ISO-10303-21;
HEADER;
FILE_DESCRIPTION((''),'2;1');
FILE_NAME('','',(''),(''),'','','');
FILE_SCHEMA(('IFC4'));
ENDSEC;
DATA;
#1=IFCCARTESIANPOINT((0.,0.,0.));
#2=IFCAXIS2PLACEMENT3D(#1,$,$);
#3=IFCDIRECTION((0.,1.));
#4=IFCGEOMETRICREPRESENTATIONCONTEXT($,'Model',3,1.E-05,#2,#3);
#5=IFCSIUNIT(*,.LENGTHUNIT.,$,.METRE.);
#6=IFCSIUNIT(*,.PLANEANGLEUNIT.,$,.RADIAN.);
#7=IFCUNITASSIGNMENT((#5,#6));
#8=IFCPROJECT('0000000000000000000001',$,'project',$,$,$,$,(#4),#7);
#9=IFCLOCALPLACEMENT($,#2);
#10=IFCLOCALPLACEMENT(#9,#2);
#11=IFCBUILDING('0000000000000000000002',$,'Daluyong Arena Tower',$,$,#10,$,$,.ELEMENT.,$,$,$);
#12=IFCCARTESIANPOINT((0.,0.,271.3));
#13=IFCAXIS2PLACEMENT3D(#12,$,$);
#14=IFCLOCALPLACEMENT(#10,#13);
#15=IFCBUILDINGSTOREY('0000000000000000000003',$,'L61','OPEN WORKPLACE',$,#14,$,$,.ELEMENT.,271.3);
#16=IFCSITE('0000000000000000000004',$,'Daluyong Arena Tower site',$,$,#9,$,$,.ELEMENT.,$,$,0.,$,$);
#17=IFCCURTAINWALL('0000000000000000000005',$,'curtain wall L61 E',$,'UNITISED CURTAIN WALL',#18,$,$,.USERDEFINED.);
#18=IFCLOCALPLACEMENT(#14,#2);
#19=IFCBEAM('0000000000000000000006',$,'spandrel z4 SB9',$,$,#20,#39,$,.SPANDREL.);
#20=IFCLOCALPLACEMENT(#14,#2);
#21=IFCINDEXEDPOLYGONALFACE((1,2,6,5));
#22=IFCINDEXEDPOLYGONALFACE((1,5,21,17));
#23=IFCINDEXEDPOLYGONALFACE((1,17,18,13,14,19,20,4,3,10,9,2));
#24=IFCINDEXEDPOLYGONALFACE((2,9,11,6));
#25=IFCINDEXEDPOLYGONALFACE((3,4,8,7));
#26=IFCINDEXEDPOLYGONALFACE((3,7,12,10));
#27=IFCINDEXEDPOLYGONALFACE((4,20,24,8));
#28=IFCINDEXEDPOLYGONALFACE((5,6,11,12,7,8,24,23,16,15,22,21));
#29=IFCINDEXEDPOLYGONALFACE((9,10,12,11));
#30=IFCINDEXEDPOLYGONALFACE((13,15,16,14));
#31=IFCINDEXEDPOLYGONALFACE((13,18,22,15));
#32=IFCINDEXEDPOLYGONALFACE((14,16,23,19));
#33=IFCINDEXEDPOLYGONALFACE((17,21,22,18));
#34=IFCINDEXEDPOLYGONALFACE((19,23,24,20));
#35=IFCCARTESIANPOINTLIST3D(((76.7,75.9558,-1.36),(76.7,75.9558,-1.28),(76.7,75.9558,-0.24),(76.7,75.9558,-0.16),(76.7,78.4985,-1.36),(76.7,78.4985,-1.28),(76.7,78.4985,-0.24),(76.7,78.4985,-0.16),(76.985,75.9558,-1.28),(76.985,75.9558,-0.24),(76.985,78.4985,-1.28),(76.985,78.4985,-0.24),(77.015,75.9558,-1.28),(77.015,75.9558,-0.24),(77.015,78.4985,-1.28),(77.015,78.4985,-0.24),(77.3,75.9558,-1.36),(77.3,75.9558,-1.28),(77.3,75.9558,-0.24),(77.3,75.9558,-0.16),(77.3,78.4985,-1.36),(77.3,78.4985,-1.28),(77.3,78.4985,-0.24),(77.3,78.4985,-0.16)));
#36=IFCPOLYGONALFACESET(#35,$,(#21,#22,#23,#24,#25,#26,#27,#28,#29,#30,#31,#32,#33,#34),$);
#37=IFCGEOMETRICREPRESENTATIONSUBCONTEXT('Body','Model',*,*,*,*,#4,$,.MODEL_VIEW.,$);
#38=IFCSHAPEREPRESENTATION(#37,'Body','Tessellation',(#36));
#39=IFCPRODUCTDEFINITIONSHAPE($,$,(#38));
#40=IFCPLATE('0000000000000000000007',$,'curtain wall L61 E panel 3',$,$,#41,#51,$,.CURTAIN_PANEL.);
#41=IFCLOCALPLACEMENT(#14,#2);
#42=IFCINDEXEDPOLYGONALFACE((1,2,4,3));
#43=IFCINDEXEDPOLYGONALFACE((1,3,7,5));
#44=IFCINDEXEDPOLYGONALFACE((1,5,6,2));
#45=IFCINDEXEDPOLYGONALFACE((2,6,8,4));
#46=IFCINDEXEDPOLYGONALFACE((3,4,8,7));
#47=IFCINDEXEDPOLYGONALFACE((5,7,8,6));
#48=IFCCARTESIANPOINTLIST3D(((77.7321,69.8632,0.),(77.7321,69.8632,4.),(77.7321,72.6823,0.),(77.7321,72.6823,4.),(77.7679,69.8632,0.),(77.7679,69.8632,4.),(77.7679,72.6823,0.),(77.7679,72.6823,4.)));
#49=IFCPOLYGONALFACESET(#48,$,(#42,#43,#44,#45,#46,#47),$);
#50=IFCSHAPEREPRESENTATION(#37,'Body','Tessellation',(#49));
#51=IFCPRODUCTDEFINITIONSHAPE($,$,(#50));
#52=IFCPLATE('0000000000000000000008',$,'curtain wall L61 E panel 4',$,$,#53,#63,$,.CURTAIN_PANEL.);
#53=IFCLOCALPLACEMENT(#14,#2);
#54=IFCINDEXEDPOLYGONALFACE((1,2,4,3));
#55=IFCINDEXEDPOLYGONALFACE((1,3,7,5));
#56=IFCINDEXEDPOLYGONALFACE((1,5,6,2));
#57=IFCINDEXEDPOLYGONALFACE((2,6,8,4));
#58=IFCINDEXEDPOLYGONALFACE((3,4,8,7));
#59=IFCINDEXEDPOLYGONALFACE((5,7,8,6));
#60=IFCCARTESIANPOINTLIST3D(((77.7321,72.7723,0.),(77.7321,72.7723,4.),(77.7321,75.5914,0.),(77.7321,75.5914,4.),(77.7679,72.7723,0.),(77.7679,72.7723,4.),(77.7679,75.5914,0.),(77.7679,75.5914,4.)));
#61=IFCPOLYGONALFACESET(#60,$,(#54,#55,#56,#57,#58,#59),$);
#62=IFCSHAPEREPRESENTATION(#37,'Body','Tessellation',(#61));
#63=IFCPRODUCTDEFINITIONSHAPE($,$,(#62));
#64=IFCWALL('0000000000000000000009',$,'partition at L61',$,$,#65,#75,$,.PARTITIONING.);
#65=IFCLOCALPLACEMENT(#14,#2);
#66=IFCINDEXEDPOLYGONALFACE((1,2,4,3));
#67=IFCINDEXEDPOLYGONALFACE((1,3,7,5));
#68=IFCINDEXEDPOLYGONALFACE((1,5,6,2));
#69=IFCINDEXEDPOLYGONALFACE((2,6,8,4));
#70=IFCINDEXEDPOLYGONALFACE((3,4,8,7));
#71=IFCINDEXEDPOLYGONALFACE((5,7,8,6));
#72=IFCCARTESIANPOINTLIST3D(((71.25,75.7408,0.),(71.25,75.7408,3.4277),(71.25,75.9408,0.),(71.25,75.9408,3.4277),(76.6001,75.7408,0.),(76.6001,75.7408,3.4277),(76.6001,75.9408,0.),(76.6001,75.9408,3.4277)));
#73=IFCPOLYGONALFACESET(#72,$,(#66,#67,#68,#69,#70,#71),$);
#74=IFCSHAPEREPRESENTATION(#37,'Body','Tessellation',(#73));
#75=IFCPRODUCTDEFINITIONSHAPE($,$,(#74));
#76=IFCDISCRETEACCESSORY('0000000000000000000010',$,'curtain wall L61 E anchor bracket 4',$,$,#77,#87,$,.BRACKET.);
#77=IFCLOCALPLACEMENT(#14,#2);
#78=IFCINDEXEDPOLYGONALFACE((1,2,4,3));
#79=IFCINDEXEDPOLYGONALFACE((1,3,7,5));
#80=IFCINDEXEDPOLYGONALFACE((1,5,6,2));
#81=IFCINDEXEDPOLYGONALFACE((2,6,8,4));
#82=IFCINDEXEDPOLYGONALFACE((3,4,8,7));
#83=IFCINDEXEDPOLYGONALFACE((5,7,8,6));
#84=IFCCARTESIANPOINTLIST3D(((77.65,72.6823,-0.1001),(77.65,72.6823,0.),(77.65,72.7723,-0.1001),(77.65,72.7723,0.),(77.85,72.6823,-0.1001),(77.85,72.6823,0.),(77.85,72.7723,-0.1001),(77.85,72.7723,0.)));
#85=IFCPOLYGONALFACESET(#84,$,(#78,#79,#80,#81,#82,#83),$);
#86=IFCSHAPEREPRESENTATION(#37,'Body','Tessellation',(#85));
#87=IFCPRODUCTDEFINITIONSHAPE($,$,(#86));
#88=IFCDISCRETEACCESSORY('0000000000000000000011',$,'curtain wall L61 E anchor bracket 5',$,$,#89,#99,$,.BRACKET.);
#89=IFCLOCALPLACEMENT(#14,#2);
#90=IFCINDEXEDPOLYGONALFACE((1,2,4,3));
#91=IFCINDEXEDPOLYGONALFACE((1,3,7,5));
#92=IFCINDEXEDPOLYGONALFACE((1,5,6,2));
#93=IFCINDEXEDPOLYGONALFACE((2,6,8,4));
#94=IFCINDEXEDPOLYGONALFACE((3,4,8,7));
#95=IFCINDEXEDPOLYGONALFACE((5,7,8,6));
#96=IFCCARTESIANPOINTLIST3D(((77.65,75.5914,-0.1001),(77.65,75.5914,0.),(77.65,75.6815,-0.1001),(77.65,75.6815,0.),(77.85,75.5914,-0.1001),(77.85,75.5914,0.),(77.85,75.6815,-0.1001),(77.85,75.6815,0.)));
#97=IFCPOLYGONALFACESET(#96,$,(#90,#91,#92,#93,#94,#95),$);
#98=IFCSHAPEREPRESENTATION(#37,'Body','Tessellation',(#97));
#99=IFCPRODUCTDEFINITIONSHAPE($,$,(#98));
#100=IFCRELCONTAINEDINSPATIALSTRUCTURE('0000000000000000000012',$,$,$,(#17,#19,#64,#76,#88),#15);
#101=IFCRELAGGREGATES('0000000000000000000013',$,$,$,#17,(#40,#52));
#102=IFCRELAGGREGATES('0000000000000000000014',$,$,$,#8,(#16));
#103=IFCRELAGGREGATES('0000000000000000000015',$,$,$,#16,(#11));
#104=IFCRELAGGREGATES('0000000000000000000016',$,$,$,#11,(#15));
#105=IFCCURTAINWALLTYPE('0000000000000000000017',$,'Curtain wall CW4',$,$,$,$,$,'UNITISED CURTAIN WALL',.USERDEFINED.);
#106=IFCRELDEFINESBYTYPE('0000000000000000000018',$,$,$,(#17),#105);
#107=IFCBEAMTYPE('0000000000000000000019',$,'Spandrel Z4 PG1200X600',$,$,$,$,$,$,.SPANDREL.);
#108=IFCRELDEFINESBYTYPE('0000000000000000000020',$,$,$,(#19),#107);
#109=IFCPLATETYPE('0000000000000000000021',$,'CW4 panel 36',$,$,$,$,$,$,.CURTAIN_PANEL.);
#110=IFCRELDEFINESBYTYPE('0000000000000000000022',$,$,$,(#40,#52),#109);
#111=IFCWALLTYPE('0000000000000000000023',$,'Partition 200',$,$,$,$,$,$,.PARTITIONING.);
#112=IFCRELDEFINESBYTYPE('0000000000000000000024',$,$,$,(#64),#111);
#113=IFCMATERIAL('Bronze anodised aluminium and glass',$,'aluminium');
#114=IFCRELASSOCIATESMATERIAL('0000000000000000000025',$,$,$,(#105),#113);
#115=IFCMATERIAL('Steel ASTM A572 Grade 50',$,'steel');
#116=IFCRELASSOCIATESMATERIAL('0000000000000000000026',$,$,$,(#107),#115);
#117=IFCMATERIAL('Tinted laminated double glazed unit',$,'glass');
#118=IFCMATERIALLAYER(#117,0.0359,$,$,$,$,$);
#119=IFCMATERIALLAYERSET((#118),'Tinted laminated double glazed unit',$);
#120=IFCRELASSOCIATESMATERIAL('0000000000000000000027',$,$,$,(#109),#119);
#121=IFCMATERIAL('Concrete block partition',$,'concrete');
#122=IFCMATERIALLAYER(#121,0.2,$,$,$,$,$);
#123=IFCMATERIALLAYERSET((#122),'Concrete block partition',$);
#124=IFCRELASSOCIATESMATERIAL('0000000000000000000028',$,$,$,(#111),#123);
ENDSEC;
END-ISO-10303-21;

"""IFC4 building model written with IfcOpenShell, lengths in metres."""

from ifc_helpers import new_model, si_unit, direction, frame, frame_2d, origin, origin_2d, place, context, subcontext, project, spatial, rectangle, i_section, extrude, material, layer, layer_set, material_profile, profile_set, type_object, element, aggregate, save


model = new_model("IFC4")

# Units and contexts
model_context = context("Model", 3, precision=1e-05, world=origin(), true_north=direction((0.0, 1.0)))
body_context = subcontext(model_context, "Body", "Model", "MODEL_VIEW")
ifc_project = project(units=[si_unit("LENGTHUNIT", "METRE"), si_unit("PLANEANGLEUNIT", "RADIAN")], contexts=[model_context])

# Site, building, storey
site_placement = place(None, origin())
site = spatial("IfcSite", under=ifc_project, at=site_placement, Name="Daluyong Arena Tower site", CompositionType="ELEMENT", RefElevation=0.0)
building_placement = place(site_placement, origin())
building = spatial("IfcBuilding", under=site, at=building_placement, Name="Daluyong Arena Tower", CompositionType="ELEMENT")
storey_placement = place(building_placement, frame((0.0, 0.0, 271.3)))
storey = spatial("IfcBuildingStorey", under=building, at=storey_placement, Name="L61", Description="OPEN WORKPLACE", CompositionType="ELEMENT", Elevation=271.3)

# Curtain wall
ifc_material_1 = material(Name="Bronze anodised aluminium and glass", Category="aluminium")
curtain_wall_type = type_object("IfcCurtainWallType", Name="Curtain wall CW4", ElementType="UNITISED CURTAIN WALL", PredefinedType="USERDEFINED", material=ifc_material_1)
curtain_wall_placement = place(storey_placement, origin())
curtain_wall = element("IfcCurtainWall", 1, at=curtain_wall_placement, inside=storey, type_object=curtain_wall_type, Name="curtain wall L61 E", ObjectType="UNITISED CURTAIN WALL", PredefinedType="USERDEFINED")

# Beam
ifc_material_2 = material(Name="Steel ASTM A572 Grade 50", Category="steel")
ifc_material_profile_1 = material_profile(ifc_material_2, i_section(OverallWidth=0.6001, OverallDepth=1.2, WebThickness=0.03, FlangeThickness=0.08, at=origin_2d()))
ifc_profile_set_1 = profile_set([ifc_material_profile_1], Name="Steel ASTM A572 Grade 50")
beam_type_1 = type_object("IfcBeamType", Name="Spandrel Z4 PG1200X600", PredefinedType="SPANDREL", material=ifc_profile_set_1)
for number, where, z_axis, x_axis, name in (
    (2, (77.0, 75.9558, -0.76), (0.0, 1.0, 0.0), (-1.0, 0.0, 0.0), "spandrel z4 SB9"),
):
    element("IfcBeam", number, at=place(storey_placement, frame(where, z_axis=z_axis, x_axis=x_axis)), inside=storey, type_object=beam_type_1, Name=name, PredefinedType="SPANDREL", context=body_context, shape_type="SweptSolid", body=[
        extrude(i_section(OverallWidth=0.6001, OverallDepth=1.2, WebThickness=0.03, FlangeThickness=0.08, at=origin_2d()), origin(), (0.0, 0.0, 1.0), 2.5427),
    ])

# Plates
ifc_material_3 = material(Name="Tinted laminated double glazed unit", Category="glass")
ifc_layer_1 = layer(ifc_material_3, 0.0359)
ifc_layer_set_1 = layer_set([ifc_layer_1], Name="Tinted laminated double glazed unit")
plate_type = type_object("IfcPlateType", Name="CW4 panel 36", PredefinedType="CURTAIN_PANEL", material=ifc_layer_set_1)
plate_1_placement = place(storey_placement, frame((77.75, 71.2727, 0.0), z_axis=(0.0, 0.0, 1.0), x_axis=(0.0, 1.0, 0.0)))
plate_1 = element("IfcPlate", 3, at=plate_1_placement, type_object=plate_type, Name="curtain wall L61 E panel 3", PredefinedType="CURTAIN_PANEL", context=body_context, shape_type="SweptSolid", body=[
    extrude(rectangle(XDim=2.8191, YDim=0.0359, at=origin_2d()), origin(), (0.0, 0.0, 1.0), 4.0),
])
plate_2_placement = place(storey_placement, frame((77.75, 74.1819, 0.0), z_axis=(0.0, 0.0, 1.0), x_axis=(0.0, 1.0, 0.0)))
plate_2 = element("IfcPlate", 4, at=plate_2_placement, type_object=plate_type, Name="curtain wall L61 E panel 4", PredefinedType="CURTAIN_PANEL", context=body_context, shape_type="SweptSolid", body=[
    extrude(rectangle(XDim=2.8191, YDim=0.0359, at=origin_2d()), origin(), (0.0, 0.0, 1.0), 4.0),
])
aggregate(curtain_wall, [plate_1, plate_2])

# Wall
ifc_material_4 = material(Name="Concrete block partition", Category="concrete")
ifc_layer_2 = layer(ifc_material_4, 0.2)
ifc_layer_set_2 = layer_set([ifc_layer_2], Name="Concrete block partition")
wall_type = type_object("IfcWallType", Name="Partition 200", PredefinedType="PARTITIONING", material=ifc_layer_set_2)
wall_placement = place(storey_placement, frame((71.25, 75.8408, 0.0), z_axis=(0.0, 0.0, 1.0), x_axis=(1.0, 0.0, 0.0)))
element("IfcWall", 5, at=wall_placement, inside=storey, type_object=wall_type, Name="partition at L61", PredefinedType="PARTITIONING", context=body_context, shape_type="SweptSolid", body=[
    extrude(rectangle(XDim=5.3501, YDim=0.2, at=frame_2d((2.675, 0.0))), origin(), (0.0, 0.0, 1.0), 3.4277),
])

# Discrete accessories
for number, where, z_axis, x_axis, name in (
    (6, (77.75, 72.7273, -0.1001), (0.0, 0.0, 1.0), (0.0, 1.0, 0.0), "curtain wall L61 E anchor bracket 4"),
    (7, (77.75, 75.6365, -0.1001), (0.0, 0.0, 1.0), (0.0, 1.0, 0.0), "curtain wall L61 E anchor bracket 5"),
):
    element("IfcDiscreteAccessory", number, at=place(storey_placement, frame(where, z_axis=z_axis, x_axis=x_axis)), inside=storey, Name=name, PredefinedType="BRACKET", context=body_context, shape_type="SweptSolid", body=[
        extrude(rectangle(XDim=0.0901, YDim=0.2, at=origin_2d()), origin(), (0.0, 0.0, 1.0), 0.1001),
    ])

save(model, "model.ifc")
